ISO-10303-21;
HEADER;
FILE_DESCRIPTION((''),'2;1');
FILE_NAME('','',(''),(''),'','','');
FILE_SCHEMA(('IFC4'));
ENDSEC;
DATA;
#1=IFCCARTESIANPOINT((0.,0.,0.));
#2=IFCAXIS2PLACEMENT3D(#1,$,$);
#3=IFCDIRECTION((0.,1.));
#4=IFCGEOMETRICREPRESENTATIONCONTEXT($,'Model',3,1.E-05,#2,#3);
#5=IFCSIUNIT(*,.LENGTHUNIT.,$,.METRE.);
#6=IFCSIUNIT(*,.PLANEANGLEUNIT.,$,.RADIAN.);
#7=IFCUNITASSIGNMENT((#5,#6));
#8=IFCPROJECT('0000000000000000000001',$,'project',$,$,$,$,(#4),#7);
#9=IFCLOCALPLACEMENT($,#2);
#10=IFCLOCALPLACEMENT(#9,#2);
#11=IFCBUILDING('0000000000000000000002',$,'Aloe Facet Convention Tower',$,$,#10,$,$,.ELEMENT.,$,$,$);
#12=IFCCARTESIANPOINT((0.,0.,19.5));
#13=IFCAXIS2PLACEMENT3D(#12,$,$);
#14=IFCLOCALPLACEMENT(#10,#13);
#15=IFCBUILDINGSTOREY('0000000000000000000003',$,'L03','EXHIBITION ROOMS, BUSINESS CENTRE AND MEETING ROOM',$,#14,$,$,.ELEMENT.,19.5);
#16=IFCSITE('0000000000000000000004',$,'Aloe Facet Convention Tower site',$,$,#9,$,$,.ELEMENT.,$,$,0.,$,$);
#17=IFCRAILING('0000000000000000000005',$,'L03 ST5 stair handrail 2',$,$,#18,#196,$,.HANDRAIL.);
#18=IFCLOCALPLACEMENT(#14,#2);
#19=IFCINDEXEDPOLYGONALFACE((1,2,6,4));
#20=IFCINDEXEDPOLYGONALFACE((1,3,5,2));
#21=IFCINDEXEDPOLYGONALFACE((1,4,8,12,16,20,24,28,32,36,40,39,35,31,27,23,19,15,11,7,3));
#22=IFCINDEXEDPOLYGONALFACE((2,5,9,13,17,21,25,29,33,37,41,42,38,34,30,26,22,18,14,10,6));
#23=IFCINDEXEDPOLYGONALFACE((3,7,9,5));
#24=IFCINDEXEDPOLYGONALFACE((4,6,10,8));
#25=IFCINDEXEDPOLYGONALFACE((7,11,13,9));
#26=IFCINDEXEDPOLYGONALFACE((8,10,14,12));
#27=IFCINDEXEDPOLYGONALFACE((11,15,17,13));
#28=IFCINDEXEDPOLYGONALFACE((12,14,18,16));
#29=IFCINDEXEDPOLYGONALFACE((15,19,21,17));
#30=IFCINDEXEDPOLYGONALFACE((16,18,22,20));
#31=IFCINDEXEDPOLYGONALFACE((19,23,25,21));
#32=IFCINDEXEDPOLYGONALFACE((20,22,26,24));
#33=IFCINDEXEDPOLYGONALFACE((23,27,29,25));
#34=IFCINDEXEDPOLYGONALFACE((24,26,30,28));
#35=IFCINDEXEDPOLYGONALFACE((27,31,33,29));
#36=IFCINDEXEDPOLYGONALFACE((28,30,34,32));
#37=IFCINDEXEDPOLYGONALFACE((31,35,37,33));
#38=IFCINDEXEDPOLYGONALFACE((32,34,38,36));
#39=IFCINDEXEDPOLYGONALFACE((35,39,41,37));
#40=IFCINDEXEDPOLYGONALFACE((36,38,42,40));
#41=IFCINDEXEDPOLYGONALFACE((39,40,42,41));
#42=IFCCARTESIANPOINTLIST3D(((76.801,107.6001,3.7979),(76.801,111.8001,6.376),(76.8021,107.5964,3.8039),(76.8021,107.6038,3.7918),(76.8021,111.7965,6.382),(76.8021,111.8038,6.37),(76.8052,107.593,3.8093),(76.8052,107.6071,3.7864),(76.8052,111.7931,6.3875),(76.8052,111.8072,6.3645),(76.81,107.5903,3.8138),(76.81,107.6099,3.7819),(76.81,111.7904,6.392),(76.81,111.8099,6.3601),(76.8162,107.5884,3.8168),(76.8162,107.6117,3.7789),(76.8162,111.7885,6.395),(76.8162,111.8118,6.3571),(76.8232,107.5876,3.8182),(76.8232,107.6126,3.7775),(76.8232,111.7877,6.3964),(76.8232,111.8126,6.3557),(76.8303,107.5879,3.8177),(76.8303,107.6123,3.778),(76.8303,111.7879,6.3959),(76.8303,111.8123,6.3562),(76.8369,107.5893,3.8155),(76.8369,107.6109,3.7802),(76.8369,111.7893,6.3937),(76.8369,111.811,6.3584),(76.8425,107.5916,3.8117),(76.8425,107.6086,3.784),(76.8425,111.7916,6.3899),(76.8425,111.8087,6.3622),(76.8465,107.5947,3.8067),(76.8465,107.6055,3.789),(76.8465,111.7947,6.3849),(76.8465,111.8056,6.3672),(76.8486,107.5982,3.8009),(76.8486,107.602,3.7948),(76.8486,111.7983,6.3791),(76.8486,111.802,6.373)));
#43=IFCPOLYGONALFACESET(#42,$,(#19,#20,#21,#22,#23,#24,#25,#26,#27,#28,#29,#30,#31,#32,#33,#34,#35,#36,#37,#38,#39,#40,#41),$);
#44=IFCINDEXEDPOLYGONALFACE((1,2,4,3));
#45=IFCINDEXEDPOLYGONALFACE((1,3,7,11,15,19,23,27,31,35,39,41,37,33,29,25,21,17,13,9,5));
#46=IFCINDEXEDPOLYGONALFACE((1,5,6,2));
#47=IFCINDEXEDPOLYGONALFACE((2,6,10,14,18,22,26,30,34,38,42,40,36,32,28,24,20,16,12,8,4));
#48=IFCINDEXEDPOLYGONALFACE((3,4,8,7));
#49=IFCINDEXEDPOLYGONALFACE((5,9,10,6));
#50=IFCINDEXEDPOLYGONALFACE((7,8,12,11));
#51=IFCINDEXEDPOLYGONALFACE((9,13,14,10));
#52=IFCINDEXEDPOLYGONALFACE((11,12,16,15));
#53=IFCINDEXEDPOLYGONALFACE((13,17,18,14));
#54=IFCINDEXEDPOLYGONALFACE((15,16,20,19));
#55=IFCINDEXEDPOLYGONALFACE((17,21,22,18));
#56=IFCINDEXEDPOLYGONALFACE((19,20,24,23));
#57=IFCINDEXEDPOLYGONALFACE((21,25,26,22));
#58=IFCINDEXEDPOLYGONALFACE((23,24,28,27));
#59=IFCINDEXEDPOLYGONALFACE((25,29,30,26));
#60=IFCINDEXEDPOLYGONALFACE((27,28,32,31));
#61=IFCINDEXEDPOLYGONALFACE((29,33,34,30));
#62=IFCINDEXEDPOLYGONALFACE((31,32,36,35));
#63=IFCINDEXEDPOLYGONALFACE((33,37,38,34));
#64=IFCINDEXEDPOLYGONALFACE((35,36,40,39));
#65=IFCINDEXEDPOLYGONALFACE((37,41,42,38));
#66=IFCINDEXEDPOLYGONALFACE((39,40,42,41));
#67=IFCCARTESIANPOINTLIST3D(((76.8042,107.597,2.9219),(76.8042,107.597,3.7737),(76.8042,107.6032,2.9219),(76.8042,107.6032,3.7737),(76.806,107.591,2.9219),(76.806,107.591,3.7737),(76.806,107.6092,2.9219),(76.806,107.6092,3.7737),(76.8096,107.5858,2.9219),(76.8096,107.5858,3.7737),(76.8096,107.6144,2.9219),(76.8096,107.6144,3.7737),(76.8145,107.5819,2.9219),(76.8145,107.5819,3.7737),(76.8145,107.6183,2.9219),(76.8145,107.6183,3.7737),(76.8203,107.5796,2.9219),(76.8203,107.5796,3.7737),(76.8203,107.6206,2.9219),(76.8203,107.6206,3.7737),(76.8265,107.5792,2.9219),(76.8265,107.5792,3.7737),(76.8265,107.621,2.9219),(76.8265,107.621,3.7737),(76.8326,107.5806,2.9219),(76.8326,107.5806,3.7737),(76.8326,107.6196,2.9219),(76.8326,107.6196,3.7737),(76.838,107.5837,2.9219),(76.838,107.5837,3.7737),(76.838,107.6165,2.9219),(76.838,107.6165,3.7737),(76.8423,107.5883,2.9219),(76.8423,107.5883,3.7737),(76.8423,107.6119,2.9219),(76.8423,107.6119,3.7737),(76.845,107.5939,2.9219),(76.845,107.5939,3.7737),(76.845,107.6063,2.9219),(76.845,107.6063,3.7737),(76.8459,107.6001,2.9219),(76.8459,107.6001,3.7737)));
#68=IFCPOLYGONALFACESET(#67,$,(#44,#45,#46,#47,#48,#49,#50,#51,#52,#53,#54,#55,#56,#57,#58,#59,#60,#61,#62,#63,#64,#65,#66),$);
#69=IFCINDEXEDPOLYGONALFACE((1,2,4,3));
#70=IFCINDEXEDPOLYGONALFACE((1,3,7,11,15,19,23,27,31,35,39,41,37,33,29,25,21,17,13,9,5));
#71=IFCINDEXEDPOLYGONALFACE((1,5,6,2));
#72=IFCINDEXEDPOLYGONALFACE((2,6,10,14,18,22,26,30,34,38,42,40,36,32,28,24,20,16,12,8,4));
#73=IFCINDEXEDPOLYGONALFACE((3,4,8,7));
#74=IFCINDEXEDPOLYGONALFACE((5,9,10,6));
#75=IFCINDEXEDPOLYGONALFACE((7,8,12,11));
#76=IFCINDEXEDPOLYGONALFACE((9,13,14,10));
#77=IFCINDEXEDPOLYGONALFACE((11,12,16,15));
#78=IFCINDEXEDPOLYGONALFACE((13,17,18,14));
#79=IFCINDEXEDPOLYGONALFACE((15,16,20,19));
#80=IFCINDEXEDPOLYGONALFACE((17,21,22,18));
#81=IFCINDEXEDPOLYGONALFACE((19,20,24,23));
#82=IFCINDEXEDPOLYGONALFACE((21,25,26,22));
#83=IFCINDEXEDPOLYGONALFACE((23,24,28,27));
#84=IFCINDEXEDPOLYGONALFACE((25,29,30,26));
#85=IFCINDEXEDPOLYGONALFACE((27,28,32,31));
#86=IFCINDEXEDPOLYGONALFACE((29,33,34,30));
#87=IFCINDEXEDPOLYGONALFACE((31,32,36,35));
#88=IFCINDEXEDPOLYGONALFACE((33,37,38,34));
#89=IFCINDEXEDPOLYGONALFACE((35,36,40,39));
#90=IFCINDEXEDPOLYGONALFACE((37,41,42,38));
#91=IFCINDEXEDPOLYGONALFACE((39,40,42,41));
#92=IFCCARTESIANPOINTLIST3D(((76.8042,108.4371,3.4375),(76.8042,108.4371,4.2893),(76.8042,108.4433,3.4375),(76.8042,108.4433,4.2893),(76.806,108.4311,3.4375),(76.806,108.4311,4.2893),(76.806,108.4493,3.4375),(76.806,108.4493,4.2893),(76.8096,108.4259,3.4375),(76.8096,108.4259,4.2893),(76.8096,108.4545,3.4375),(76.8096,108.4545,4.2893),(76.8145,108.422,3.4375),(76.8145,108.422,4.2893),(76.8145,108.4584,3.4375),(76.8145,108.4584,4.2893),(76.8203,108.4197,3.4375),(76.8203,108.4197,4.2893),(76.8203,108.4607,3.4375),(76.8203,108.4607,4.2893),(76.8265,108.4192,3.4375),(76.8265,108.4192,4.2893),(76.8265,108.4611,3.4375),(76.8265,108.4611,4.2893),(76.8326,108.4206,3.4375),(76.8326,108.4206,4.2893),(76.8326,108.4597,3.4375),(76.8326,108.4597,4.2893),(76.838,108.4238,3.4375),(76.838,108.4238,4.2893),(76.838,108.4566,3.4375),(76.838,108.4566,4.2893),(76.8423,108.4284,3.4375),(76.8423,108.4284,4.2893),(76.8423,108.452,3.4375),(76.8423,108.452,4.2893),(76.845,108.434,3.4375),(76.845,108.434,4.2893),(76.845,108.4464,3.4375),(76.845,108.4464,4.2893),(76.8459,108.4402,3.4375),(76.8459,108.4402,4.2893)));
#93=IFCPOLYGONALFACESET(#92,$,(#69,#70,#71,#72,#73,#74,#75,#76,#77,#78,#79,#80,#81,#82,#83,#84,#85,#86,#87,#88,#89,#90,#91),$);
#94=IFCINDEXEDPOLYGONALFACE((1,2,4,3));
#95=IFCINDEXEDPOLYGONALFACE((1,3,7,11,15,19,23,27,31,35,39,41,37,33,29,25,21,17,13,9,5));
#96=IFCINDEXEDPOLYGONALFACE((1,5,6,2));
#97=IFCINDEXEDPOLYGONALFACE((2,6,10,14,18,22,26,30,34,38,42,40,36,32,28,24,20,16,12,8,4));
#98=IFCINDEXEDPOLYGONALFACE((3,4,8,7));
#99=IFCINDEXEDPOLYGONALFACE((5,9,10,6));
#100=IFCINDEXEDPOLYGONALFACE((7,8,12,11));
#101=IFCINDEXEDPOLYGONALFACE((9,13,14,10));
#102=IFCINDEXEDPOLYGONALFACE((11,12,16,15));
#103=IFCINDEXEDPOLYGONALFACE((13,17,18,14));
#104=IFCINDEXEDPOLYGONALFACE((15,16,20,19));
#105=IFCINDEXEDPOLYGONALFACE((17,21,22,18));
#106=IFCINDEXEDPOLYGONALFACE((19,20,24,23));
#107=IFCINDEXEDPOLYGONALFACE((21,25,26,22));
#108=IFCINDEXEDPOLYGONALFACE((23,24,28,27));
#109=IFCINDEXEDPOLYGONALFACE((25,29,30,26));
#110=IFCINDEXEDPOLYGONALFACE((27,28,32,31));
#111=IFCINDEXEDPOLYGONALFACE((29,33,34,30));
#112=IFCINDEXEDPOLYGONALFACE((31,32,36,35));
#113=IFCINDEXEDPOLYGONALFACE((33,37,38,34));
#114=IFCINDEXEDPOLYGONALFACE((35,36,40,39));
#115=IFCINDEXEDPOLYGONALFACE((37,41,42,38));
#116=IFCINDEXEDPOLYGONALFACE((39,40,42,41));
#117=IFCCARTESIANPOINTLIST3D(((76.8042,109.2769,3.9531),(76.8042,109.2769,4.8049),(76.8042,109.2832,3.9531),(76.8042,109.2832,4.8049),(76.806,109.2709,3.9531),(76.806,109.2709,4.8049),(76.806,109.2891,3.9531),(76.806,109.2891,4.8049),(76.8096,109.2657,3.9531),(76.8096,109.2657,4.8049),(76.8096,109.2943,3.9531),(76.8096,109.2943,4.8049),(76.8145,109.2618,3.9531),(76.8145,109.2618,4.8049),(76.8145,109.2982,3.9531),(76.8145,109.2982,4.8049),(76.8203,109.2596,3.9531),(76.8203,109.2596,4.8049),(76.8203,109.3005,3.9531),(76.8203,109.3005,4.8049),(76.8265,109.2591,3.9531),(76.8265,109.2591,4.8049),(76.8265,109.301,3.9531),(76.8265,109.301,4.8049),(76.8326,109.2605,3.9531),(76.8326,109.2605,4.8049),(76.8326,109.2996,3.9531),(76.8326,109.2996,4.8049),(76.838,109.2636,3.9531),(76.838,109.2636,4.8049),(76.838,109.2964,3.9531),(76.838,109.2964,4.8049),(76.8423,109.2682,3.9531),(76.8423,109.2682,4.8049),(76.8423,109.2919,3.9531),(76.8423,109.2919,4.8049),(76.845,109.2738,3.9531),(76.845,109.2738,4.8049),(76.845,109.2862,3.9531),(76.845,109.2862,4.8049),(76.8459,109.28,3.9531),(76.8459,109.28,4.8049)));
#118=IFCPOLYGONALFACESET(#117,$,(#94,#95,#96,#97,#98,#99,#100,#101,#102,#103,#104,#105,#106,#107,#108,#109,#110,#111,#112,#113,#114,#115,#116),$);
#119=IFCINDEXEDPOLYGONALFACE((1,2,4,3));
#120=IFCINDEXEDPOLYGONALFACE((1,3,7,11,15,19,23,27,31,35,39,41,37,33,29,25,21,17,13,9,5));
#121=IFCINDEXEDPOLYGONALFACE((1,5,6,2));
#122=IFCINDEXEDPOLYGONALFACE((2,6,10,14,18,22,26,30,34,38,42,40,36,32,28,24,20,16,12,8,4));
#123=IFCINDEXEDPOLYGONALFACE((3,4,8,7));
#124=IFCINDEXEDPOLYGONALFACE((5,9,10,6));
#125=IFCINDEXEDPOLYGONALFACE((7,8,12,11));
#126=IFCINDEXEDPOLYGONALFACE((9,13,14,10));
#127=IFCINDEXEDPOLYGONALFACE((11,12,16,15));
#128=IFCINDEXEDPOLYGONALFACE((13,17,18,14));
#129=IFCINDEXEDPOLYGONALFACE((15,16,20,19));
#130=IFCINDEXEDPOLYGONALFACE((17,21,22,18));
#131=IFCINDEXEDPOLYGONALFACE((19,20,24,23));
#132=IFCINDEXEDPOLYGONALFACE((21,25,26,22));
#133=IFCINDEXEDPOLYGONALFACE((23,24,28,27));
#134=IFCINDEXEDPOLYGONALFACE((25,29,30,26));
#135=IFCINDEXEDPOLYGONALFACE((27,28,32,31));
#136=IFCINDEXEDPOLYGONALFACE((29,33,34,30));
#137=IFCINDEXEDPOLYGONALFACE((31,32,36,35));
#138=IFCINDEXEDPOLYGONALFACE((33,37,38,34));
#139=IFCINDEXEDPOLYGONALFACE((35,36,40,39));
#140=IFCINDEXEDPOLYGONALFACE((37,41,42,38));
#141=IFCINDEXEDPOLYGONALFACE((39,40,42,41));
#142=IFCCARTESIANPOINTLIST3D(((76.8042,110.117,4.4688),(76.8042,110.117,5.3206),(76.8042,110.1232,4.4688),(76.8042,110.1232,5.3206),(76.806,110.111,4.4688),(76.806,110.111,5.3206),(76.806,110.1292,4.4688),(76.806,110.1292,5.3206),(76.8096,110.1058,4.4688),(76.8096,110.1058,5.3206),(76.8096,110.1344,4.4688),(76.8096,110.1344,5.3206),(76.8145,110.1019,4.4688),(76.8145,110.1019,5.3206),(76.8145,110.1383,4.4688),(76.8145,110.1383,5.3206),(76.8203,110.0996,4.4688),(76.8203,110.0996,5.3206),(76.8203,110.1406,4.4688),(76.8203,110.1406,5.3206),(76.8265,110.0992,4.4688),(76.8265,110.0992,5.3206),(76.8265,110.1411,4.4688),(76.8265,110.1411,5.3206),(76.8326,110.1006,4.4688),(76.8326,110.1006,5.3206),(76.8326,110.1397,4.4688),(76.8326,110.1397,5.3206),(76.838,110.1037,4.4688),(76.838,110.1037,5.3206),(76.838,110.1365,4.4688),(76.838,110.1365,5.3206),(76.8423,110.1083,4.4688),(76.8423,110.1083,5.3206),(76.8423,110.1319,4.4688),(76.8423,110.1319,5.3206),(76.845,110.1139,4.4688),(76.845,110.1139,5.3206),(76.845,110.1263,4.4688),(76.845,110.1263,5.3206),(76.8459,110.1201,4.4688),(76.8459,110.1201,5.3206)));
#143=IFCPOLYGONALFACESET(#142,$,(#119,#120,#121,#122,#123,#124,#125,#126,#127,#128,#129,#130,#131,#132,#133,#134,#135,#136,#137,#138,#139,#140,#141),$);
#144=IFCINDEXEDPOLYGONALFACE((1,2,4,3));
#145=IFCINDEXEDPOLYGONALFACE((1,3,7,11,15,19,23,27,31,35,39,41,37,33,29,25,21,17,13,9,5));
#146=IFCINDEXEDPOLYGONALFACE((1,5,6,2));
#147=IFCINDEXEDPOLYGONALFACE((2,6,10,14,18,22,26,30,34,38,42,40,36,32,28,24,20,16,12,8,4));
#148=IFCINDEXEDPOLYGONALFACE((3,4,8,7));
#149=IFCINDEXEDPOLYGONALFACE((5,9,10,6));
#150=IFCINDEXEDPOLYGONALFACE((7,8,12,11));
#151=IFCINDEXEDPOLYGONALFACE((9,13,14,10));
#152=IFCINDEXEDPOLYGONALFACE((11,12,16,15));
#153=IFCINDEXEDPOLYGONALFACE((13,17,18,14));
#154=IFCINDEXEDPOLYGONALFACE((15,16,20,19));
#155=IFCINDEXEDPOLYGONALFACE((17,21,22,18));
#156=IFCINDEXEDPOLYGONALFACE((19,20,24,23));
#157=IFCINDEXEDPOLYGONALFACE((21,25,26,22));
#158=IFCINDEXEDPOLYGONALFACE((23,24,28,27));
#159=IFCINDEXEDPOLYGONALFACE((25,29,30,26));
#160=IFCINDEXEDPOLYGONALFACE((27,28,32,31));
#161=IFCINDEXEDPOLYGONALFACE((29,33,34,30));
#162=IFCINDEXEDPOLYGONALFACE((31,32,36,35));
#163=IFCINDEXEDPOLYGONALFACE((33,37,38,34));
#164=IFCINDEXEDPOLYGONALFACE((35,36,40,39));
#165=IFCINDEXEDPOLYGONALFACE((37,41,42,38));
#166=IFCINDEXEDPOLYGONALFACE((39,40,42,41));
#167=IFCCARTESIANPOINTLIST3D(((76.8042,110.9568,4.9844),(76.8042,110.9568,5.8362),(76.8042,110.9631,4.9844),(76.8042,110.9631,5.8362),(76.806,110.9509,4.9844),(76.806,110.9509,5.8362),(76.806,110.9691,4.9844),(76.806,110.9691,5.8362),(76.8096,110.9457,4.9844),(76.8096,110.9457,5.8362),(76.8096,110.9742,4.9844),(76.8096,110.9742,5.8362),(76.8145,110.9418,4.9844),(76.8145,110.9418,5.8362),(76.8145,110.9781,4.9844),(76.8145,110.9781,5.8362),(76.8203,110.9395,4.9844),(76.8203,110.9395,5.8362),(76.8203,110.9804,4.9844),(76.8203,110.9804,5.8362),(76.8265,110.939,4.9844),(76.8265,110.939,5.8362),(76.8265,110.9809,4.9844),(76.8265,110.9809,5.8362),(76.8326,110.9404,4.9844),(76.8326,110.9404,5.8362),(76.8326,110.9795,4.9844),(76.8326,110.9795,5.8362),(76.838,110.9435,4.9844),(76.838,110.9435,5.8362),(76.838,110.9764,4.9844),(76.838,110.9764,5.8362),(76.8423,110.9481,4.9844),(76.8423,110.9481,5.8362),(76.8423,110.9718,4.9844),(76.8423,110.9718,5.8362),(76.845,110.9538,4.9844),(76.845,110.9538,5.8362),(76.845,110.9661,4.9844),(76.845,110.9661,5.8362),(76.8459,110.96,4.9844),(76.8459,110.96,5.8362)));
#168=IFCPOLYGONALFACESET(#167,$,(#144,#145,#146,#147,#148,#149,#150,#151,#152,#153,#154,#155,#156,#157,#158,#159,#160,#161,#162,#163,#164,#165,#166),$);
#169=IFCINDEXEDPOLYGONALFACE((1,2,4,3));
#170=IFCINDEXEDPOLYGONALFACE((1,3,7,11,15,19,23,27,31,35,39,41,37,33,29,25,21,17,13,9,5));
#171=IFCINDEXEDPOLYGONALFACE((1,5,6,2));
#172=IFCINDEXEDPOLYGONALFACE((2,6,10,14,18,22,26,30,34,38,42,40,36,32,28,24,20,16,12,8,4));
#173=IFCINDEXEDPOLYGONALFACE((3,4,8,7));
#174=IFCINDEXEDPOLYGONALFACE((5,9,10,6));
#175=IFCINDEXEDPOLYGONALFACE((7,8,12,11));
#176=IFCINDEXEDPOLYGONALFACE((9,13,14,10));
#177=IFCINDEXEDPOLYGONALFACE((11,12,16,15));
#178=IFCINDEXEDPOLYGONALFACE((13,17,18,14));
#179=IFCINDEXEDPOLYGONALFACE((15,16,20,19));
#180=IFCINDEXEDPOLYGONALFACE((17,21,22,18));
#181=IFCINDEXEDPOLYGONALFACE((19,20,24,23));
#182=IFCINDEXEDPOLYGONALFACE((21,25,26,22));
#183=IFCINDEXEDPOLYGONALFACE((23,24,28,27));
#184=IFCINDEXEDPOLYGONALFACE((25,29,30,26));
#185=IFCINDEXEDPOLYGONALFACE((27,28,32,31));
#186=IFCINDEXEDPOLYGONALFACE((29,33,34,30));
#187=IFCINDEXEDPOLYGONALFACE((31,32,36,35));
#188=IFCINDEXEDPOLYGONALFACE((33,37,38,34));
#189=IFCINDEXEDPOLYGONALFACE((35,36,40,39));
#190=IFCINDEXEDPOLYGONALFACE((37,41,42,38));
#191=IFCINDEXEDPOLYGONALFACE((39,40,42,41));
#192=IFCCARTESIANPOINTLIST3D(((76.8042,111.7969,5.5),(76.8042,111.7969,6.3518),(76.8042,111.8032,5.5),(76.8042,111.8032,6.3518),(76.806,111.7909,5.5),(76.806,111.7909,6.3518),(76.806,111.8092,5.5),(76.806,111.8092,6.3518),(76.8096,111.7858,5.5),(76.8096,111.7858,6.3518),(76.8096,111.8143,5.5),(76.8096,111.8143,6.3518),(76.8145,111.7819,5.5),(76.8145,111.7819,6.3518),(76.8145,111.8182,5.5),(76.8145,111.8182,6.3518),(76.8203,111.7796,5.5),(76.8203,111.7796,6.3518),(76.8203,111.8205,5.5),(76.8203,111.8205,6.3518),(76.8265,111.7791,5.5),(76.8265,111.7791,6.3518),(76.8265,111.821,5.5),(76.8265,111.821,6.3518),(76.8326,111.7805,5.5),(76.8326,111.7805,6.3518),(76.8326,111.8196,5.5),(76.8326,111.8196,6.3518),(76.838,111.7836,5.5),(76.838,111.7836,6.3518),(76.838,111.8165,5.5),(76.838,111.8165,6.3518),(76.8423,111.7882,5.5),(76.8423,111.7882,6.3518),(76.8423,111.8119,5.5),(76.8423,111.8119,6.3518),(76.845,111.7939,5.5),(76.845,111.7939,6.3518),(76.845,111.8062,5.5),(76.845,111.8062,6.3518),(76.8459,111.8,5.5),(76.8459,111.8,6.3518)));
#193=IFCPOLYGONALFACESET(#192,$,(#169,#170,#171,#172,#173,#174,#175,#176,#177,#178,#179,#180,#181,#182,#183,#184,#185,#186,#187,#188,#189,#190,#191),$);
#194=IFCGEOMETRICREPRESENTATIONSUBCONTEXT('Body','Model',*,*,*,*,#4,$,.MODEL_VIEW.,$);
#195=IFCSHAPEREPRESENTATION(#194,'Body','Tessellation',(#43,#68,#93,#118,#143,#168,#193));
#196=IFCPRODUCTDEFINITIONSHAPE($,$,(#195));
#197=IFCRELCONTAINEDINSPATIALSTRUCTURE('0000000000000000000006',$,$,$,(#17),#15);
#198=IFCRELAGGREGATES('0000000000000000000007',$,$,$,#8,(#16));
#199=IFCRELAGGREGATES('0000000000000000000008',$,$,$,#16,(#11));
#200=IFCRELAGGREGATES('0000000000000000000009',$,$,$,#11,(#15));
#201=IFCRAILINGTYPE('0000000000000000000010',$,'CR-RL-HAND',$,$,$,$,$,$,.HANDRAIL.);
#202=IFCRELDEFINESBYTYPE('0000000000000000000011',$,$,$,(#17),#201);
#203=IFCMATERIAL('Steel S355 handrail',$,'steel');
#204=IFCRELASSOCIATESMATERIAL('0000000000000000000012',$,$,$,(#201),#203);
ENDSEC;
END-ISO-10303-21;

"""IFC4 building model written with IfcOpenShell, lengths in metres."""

from ifc_helpers import new_model, si_unit, direction, frame, origin, origin_2d, place, context, subcontext, project, spatial, circle, extrude, material, type_object, element, save


model = new_model("IFC4")

# Units and contexts
model_context = context("Model", 3, precision=1e-05, world=origin(), true_north=direction((0.0, 1.0)))
body_context = subcontext(model_context, "Body", "Model", "MODEL_VIEW")
ifc_project = project(units=[si_unit("LENGTHUNIT", "METRE"), si_unit("PLANEANGLEUNIT", "RADIAN")], contexts=[model_context])

# Site, building, storey
site_placement = place(None, origin())
site = spatial("IfcSite", under=ifc_project, at=site_placement, Name="Aloe Facet Convention Tower site", CompositionType="ELEMENT", RefElevation=0.0)
building_placement = place(site_placement, origin())
building = spatial("IfcBuilding", under=site, at=building_placement, Name="Aloe Facet Convention Tower", CompositionType="ELEMENT")
storey_placement = place(building_placement, frame((0.0, 0.0, 19.5)))
storey = spatial("IfcBuildingStorey", under=building, at=storey_placement, Name="L03", Description="EXHIBITION ROOMS, BUSINESS CENTRE AND MEETING ROOM", CompositionType="ELEMENT", Elevation=19.5)

# Railing
ifc_material_1 = material(Name="Steel S355 handrail", Category="steel")
railing_type = type_object("IfcRailingType", Name="CR-RL-HAND", PredefinedType="HANDRAIL", material=ifc_material_1)
railing_placement = place(storey_placement, frame((76.825, 107.6001, 2.9219)))
element("IfcRailing", 1, at=railing_placement, inside=storey, type_object=railing_type, Name="L03 ST5 stair handrail 2", PredefinedType="HANDRAIL", context=body_context, shape_type="SweptSolid", body=[
    extrude(circle(Radius=0.0239, at=origin_2d()), frame((0.0, 0.0, 0.876), z_axis=(0.0, 0.852243, 0.523146), x_axis=(-1.0, 0.0, 0.0)), (0.0, 0.0, 1.0), 4.9282),
    extrude(circle(Radius=0.021, at=origin_2d()), origin(), (0.0, 0.0, 1.0), 0.8518),
    extrude(circle(Radius=0.021, at=origin_2d()), frame((0.0, 0.8401, 0.5156)), (0.0, 0.0, 1.0), 0.8518),
    extrude(circle(Radius=0.021, at=origin_2d()), frame((0.0, 1.6799, 1.0312)), (0.0, 0.0, 1.0), 0.8518),
    extrude(circle(Radius=0.021, at=origin_2d()), frame((0.0, 2.52, 1.5469)), (0.0, 0.0, 1.0), 0.8518),
    extrude(circle(Radius=0.021, at=origin_2d()), frame((0.0, 3.3599, 2.0625)), (0.0, 0.0, 1.0), 0.8518),
    extrude(circle(Radius=0.021, at=origin_2d()), frame((0.0, 4.2, 2.5781)), (0.0, 0.0, 1.0), 0.8518),
])

save(model, "model.ifc")
